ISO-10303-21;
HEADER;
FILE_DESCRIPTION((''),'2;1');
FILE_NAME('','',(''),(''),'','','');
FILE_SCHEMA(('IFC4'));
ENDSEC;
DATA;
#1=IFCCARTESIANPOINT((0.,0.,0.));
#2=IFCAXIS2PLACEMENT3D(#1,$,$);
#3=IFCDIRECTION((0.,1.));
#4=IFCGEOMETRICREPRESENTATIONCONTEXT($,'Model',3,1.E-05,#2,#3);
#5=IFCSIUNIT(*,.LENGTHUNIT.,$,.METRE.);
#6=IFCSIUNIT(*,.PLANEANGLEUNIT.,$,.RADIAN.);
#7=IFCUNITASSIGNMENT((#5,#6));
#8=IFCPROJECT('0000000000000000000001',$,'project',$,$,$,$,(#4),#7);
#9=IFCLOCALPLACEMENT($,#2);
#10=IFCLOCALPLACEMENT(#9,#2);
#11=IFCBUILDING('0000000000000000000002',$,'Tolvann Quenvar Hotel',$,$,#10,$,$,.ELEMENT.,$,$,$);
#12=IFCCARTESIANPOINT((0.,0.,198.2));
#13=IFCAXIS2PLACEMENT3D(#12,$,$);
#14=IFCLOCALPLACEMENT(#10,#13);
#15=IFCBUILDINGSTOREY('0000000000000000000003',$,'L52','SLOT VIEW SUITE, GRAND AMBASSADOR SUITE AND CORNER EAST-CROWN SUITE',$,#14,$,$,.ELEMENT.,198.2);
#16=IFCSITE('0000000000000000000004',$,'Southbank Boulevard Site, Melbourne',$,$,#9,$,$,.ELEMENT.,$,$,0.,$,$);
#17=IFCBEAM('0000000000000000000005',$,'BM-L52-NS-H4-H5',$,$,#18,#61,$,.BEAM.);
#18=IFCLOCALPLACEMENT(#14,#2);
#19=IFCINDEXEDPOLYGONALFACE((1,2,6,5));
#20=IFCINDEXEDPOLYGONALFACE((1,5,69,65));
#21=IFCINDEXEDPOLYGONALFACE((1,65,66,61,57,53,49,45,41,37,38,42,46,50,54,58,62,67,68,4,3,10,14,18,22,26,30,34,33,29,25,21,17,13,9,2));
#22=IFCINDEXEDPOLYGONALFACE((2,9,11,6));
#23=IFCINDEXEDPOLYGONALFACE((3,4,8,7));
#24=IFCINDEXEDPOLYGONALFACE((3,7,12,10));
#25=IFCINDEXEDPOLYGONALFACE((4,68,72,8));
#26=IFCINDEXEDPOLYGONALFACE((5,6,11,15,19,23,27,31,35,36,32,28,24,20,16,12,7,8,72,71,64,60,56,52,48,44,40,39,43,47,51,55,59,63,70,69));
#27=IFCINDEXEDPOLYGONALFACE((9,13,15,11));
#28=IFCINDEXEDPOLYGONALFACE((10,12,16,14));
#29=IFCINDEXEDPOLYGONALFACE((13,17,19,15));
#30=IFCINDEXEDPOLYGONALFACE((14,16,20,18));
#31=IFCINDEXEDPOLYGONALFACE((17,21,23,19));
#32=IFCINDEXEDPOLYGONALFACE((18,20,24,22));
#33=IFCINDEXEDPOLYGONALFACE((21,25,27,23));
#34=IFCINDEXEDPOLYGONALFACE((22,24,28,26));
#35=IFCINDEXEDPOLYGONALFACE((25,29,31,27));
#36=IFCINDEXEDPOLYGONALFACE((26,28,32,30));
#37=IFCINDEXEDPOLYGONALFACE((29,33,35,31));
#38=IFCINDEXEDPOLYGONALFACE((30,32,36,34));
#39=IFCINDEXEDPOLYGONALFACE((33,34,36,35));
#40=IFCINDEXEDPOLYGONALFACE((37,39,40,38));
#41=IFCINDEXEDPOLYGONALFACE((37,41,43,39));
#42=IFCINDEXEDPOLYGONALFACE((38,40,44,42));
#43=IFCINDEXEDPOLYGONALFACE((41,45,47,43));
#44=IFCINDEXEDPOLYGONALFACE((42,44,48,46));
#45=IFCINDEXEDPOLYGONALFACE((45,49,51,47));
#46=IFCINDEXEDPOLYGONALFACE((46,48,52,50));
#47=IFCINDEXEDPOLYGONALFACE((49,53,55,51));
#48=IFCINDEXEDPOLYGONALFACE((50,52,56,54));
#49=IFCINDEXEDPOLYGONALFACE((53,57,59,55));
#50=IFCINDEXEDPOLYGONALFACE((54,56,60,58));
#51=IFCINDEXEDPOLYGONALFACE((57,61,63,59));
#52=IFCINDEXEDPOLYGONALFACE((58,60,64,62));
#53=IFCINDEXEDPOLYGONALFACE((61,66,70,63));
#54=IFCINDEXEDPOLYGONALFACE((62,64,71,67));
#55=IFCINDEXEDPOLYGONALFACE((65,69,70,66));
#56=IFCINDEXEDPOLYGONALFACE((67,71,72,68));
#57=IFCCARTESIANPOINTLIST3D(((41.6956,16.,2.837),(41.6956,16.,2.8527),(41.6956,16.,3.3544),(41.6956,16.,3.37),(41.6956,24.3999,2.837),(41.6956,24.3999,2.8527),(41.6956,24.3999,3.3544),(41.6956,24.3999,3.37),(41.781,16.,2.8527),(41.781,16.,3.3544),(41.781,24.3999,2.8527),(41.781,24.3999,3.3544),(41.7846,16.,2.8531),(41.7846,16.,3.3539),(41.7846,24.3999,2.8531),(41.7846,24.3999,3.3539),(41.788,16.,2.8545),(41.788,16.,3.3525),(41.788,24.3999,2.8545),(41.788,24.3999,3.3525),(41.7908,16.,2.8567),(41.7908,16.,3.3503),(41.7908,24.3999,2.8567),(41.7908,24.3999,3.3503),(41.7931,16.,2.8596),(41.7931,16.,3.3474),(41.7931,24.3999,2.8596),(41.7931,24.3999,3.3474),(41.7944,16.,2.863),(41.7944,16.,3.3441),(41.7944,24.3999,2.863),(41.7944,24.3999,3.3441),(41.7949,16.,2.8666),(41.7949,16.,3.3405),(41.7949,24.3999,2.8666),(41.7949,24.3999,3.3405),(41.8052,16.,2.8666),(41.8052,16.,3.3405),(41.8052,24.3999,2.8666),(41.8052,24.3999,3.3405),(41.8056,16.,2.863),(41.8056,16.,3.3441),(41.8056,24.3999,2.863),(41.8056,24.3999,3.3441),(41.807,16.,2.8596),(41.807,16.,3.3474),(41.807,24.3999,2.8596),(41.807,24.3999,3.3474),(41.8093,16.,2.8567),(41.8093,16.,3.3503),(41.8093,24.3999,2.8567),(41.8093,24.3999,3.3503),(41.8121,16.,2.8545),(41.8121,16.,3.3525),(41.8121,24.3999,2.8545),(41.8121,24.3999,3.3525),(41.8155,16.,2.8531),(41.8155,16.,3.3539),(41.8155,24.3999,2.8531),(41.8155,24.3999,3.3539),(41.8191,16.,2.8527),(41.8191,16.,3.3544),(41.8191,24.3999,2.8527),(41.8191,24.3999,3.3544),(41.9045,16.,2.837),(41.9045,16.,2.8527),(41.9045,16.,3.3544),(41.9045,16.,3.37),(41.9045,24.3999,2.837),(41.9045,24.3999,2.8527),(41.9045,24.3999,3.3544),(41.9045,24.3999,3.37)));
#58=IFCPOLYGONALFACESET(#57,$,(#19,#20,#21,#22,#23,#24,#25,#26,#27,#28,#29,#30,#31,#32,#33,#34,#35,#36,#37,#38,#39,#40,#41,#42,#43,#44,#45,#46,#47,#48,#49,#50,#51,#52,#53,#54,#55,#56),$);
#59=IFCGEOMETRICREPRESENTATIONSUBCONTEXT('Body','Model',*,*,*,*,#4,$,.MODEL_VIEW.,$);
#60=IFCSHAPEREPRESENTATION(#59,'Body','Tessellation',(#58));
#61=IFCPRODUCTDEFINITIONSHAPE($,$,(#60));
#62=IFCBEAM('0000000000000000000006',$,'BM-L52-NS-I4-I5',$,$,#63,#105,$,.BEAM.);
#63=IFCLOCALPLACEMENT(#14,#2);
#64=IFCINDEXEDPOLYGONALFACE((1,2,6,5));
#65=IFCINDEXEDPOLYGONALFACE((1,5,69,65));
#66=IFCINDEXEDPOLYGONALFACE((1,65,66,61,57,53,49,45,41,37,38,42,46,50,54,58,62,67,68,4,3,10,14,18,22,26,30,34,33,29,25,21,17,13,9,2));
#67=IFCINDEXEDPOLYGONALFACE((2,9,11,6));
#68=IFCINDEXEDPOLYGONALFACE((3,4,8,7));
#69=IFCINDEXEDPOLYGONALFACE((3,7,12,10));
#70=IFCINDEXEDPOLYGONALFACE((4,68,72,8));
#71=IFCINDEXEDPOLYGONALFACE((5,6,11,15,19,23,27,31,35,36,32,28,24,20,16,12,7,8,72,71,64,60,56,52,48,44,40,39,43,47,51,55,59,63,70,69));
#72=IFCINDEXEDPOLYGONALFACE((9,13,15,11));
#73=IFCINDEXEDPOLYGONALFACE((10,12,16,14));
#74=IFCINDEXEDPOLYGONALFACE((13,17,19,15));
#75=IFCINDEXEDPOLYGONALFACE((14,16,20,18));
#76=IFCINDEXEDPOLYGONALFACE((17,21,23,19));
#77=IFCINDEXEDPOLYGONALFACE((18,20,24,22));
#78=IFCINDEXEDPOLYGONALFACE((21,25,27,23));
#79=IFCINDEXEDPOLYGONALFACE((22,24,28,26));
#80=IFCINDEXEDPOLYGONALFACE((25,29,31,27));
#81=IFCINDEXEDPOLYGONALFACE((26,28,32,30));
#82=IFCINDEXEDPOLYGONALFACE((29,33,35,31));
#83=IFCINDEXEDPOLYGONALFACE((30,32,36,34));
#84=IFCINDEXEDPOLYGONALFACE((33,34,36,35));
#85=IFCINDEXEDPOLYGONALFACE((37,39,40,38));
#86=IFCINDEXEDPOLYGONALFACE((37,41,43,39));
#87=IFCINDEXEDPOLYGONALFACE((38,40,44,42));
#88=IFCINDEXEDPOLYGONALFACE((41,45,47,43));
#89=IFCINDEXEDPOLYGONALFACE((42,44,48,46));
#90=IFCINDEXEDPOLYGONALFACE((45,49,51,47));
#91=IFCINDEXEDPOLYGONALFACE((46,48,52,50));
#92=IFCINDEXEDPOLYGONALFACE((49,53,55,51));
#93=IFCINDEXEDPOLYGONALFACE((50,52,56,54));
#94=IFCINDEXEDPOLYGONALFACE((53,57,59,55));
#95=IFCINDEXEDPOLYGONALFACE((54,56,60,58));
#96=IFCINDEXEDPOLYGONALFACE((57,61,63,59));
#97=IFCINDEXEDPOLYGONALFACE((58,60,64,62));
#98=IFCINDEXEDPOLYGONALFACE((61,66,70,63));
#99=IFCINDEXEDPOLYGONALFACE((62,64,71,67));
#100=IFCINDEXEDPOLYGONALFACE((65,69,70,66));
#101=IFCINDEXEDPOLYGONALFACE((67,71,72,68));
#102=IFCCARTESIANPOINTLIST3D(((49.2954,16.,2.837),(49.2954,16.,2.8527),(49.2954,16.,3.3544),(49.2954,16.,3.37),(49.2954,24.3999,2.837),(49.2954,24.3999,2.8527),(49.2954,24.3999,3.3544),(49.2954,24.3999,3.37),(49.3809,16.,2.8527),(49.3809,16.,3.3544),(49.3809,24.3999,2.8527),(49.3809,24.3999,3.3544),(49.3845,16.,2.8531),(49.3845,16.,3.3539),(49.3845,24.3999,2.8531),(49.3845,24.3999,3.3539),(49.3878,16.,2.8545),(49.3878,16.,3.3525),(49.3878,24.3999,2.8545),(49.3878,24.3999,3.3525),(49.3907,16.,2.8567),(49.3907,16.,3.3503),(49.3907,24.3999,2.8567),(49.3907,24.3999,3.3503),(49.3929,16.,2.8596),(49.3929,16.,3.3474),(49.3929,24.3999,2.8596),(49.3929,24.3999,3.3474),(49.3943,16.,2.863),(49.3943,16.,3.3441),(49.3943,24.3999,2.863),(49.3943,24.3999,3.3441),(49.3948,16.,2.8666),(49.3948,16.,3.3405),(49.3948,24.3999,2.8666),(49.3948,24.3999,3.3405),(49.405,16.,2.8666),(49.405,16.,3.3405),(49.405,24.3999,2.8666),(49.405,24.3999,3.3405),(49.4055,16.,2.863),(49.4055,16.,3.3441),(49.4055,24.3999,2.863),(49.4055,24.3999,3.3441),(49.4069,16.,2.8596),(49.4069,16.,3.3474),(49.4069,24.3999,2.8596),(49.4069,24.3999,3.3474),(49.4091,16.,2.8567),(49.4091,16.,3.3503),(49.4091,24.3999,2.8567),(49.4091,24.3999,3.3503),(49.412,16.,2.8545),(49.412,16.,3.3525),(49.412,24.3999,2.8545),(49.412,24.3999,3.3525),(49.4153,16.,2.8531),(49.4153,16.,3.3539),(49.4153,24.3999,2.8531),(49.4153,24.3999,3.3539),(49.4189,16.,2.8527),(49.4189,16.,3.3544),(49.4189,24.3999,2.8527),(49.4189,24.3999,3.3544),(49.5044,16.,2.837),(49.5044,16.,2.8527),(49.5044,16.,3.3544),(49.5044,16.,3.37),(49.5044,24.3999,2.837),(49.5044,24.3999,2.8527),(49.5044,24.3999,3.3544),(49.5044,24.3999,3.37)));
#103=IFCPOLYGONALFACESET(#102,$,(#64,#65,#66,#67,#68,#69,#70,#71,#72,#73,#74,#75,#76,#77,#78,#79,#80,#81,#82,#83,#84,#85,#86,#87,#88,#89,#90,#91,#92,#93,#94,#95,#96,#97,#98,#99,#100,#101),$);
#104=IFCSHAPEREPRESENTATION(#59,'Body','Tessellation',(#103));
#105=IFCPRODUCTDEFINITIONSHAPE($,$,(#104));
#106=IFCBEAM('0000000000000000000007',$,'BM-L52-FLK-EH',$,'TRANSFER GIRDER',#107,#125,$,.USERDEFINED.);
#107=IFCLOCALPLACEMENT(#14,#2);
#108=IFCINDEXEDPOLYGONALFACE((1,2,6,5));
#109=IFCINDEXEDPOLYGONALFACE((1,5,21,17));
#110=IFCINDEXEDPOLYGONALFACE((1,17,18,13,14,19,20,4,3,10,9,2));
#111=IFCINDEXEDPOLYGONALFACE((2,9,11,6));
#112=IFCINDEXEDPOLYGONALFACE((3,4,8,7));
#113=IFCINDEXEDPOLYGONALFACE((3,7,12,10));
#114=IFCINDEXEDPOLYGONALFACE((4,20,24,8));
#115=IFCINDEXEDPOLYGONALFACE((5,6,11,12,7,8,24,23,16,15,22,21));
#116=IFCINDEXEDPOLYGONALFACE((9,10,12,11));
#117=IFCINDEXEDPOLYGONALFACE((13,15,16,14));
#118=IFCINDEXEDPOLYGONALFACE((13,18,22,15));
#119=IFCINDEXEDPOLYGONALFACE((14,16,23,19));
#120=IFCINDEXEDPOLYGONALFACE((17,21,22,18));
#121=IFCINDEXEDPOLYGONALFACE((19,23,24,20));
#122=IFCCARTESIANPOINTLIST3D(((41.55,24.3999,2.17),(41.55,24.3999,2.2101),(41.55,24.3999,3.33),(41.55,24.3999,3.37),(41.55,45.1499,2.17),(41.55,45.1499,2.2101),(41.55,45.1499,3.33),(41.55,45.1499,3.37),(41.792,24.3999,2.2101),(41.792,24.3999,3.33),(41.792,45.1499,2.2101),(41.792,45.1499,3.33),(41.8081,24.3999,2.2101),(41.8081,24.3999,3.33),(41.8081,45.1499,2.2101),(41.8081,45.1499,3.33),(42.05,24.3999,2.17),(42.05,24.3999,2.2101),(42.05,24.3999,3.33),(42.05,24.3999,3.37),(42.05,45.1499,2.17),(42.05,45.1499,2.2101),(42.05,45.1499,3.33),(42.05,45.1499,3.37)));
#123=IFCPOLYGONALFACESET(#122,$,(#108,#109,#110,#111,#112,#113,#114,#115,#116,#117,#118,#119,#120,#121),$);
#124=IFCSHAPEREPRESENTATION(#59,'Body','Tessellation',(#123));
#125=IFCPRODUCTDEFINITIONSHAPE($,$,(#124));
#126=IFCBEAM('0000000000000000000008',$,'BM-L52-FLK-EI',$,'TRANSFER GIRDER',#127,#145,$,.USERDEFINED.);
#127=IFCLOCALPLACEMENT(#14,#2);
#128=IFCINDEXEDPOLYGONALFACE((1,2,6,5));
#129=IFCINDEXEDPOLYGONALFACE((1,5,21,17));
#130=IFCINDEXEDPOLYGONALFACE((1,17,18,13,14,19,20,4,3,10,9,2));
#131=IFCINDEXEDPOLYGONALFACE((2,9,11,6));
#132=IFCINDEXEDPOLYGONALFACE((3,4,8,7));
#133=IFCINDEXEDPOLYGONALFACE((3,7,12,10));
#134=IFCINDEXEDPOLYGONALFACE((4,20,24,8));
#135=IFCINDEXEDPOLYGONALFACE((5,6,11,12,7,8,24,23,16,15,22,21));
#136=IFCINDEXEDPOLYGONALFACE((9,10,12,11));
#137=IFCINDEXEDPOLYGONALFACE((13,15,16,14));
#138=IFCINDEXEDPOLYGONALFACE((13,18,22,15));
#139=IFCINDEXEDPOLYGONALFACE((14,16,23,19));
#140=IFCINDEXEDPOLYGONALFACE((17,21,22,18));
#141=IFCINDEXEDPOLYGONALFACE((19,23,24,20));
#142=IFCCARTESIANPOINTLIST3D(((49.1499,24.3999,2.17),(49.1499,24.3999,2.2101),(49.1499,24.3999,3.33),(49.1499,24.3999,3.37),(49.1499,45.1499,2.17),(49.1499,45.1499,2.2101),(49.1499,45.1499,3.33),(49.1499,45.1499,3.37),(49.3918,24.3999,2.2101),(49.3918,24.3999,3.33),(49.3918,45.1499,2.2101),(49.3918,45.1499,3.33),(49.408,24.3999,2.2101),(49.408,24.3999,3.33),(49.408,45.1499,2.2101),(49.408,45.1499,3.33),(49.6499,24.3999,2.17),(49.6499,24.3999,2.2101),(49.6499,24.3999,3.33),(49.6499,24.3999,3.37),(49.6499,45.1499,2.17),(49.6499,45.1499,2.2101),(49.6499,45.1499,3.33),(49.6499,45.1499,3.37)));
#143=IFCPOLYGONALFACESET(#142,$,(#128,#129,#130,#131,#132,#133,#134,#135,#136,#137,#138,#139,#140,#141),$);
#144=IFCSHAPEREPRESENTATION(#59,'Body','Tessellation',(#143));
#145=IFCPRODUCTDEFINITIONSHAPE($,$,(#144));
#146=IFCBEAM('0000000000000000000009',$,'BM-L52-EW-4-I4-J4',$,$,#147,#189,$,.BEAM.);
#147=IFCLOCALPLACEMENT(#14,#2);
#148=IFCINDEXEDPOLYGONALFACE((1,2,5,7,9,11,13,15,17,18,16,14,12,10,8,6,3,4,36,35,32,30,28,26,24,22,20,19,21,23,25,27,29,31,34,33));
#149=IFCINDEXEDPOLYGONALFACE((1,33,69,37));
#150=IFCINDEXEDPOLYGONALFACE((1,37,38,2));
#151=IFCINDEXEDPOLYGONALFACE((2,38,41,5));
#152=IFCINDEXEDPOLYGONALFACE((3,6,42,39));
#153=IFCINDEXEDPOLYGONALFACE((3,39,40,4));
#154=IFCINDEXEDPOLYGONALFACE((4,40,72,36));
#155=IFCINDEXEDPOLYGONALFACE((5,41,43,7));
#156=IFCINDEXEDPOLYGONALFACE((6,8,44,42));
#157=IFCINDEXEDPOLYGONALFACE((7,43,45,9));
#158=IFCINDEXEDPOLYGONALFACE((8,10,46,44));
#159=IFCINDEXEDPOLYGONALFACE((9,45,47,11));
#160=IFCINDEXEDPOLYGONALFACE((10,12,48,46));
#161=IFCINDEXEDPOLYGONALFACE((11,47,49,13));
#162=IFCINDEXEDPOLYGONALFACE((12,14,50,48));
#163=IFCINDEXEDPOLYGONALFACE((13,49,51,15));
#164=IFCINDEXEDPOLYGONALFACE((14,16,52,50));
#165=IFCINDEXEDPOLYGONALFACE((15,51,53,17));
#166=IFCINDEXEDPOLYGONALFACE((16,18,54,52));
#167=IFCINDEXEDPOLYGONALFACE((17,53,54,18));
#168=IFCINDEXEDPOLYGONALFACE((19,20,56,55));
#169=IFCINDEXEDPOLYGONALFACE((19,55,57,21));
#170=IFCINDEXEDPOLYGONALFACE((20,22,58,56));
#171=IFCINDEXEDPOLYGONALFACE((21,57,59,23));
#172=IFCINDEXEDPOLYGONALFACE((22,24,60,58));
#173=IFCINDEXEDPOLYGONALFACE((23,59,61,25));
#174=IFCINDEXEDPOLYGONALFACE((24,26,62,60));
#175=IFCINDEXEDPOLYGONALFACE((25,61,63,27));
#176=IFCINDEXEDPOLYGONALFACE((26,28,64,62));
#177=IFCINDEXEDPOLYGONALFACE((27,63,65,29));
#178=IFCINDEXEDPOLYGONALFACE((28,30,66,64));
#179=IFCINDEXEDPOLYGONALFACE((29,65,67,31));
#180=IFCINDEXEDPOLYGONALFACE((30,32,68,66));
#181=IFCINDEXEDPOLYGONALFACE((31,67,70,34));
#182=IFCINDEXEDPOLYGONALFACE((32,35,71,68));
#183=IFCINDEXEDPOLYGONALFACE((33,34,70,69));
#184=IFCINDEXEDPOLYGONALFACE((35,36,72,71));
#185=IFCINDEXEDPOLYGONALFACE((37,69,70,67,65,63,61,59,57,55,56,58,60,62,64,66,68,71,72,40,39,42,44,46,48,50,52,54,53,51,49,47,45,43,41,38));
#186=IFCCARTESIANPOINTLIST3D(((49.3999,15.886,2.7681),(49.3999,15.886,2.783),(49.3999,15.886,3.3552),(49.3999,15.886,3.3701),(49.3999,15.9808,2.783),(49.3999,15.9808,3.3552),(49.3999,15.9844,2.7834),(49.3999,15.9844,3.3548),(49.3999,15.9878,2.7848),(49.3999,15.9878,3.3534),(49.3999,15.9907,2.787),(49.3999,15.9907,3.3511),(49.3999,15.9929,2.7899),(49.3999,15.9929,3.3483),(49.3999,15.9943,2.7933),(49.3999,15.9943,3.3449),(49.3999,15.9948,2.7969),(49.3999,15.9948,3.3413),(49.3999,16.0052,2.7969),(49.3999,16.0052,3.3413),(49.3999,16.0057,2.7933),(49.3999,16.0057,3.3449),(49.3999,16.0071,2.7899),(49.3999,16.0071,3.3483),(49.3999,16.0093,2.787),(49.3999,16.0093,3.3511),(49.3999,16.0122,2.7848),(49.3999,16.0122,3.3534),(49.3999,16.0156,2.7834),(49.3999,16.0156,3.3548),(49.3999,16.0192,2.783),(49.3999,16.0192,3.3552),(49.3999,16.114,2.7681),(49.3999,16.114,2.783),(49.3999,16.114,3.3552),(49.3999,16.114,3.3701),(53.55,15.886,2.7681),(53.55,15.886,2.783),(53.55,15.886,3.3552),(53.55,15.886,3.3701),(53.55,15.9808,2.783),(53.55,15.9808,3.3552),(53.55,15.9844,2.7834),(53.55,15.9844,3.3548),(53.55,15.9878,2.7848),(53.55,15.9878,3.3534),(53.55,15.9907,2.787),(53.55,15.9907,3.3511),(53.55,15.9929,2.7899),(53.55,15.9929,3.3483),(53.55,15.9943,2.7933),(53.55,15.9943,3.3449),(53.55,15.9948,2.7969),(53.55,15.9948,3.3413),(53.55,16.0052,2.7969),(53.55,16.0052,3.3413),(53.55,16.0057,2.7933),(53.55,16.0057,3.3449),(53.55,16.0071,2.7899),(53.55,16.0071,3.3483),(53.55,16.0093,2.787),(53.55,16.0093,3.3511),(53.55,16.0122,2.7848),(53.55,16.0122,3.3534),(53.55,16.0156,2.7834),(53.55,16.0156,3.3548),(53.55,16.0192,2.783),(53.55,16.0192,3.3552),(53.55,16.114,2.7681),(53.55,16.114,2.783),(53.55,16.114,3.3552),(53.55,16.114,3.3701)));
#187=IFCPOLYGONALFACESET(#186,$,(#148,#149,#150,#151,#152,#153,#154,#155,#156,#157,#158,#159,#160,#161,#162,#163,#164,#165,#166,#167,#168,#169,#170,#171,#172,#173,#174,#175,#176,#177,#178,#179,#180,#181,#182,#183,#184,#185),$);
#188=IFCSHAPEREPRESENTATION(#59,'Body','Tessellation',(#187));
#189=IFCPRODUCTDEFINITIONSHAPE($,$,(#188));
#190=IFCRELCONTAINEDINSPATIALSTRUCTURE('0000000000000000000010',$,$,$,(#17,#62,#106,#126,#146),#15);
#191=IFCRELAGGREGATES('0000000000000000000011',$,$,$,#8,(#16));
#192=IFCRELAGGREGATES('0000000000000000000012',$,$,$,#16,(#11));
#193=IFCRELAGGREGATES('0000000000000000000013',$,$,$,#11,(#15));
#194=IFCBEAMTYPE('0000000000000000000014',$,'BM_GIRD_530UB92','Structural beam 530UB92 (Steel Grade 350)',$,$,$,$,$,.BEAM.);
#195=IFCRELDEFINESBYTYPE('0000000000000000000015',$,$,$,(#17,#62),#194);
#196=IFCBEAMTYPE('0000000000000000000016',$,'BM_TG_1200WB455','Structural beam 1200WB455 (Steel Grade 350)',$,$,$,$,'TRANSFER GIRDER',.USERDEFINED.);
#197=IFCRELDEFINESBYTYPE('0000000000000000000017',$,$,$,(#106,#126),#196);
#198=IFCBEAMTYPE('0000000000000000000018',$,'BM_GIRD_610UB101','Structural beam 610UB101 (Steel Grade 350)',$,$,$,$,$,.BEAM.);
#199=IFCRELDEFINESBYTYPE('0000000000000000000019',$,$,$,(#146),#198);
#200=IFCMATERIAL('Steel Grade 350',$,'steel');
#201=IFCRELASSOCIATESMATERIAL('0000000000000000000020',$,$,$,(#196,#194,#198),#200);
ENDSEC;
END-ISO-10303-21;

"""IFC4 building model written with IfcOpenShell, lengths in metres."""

from ifc_helpers import new_model, si_unit, direction, frame, origin, origin_2d, place, context, subcontext, project, spatial, i_section, extrude, source, transform, mapped, material, material_profile, profile_set, type_object, type_shapes, element, save


model = new_model("IFC4")

# Units and contexts
model_context = context("Model", 3, precision=1e-05, world=origin(), true_north=direction((0.0, 1.0)))
body_context = subcontext(model_context, "Body", "Model", "MODEL_VIEW")
ifc_project = project(units=[si_unit("LENGTHUNIT", "METRE"), si_unit("PLANEANGLEUNIT", "RADIAN")], contexts=[model_context])

# Site, building, storey
site_placement = place(None, origin())
site = spatial("IfcSite", under=ifc_project, at=site_placement, Name="Southbank Boulevard Site, Melbourne", CompositionType="ELEMENT", RefElevation=0.0)
building_placement = place(site_placement, origin())
building = spatial("IfcBuilding", under=site, at=building_placement, Name="Tolvann Quenvar Hotel", CompositionType="ELEMENT")
storey_placement = place(building_placement, frame((0.0, 0.0, 198.2)))
storey = spatial("IfcBuildingStorey", under=building, at=storey_placement, Name="L52", Description="SLOT VIEW SUITE, GRAND AMBASSADOR SUITE AND CORNER EAST-CROWN SUITE", CompositionType="ELEMENT", Elevation=198.2)

# Shared definitions
ifc_material_1 = material(Name="Steel Grade 350", Category="steel")

# Beams
ifc_material_profile_1 = material_profile(ifc_material_1, i_section(OverallWidth=0.5, OverallDepth=1.2, WebThickness=0.0161, FlangeThickness=0.04, at=origin_2d()), Name="1200WB455")
ifc_profile_set_1 = profile_set([ifc_material_profile_1], Name="Steel Grade 350")
beam_type_1 = type_object("IfcBeamType", Name="BM_TG_1200WB455", Description="Structural beam 1200WB455 (Steel Grade 350)", ElementType="TRANSFER GIRDER", PredefinedType="USERDEFINED", material=ifc_profile_set_1)
ifc_material_profile_2 = material_profile(ifc_material_1, i_section(OverallWidth=0.209, OverallDepth=0.533, WebThickness=0.0103, FlangeThickness=0.0156, FilletRadius=0.0139, at=origin_2d()), Name="530UB92")
ifc_profile_set_2 = profile_set([ifc_material_profile_2], Name="Steel Grade 350")
beam_type_2 = type_object("IfcBeamType", Name="BM_GIRD_530UB92", Description="Structural beam 530UB92 (Steel Grade 350)", PredefinedType="BEAM", material=ifc_profile_set_2)
shared_shape_1 = source(origin(), body_context, "Body", "SweptSolid", [
    extrude(i_section(OverallWidth=0.209, OverallDepth=0.533, WebThickness=0.0103, FlangeThickness=0.0156, FilletRadius=0.0139, at=origin_2d()), origin(), (0.0, 0.0, 1.0), 8.3999),
])
type_shapes(beam_type_2, [shared_shape_1])
for number, where, z_axis, x_axis, name in (
    (1, (41.8, 16.0, 3.1035), (0.0, 1.0, 0.0), (-1.0, 0.0, 0.0), "BM-L52-NS-H4-H5"),
    (2, (49.3999, 16.0, 3.1035), (0.0, 1.0, 0.0), (-1.0, 0.0, 0.0), "BM-L52-NS-I4-I5"),
):
    element("IfcBeam", number, at=place(storey_placement, frame(where, z_axis=z_axis, x_axis=x_axis)), inside=storey, type_object=beam_type_2, Name=name, PredefinedType="BEAM", context=body_context, shape_type="MappedRepresentation", body=[
        mapped(shared_shape_1, transform((0.0, 0.0, 0.0), x_axis=(1.0, 0.0, 0.0), y_axis=(0.0, 1.0, 0.0), z_axis=(0.0, 0.0, 1.0), scale=1.0)),
    ])
shared_shape_2 = source(origin(), body_context, "Body", "SweptSolid", [
    extrude(i_section(OverallWidth=0.5, OverallDepth=1.2, WebThickness=0.0161, FlangeThickness=0.04, at=origin_2d()), origin(), (0.0, 0.0, 1.0), 20.75),
])
for number, where, z_axis, x_axis, name in (
    (3, (41.8, 24.3999, 2.77), (0.0, 1.0, 0.0), (-1.0, 0.0, 0.0), "BM-L52-FLK-EH"),
    (4, (49.3999, 24.3999, 2.77), (0.0, 1.0, 0.0), (-1.0, 0.0, 0.0), "BM-L52-FLK-EI"),
):
    element("IfcBeam", number, at=place(storey_placement, frame(where, z_axis=z_axis, x_axis=x_axis)), inside=storey, type_object=beam_type_1, Name=name, ObjectType="TRANSFER GIRDER", PredefinedType="USERDEFINED", context=body_context, shape_type="MappedRepresentation", body=[
        mapped(shared_shape_2, transform((0.0, 0.0, 0.0), x_axis=(1.0, 0.0, 0.0), y_axis=(0.0, 1.0, 0.0), z_axis=(0.0, 0.0, 1.0), scale=1.0)),
    ])
ifc_material_profile_3 = material_profile(ifc_material_1, i_section(OverallWidth=0.228, OverallDepth=0.6021, WebThickness=0.0105, FlangeThickness=0.0149, FilletRadius=0.0139, at=origin_2d()), Name="610UB101")
ifc_profile_set_3 = profile_set([ifc_material_profile_3], Name="Steel Grade 350")
beam_type_3 = type_object("IfcBeamType", Name="BM_GIRD_610UB101", Description="Structural beam 610UB101 (Steel Grade 350)", PredefinedType="BEAM", material=ifc_profile_set_3)
shared_shape_3 = source(origin(), body_context, "Body", "SweptSolid", [
    extrude(i_section(OverallWidth=0.228, OverallDepth=0.6021, WebThickness=0.0105, FlangeThickness=0.0149, FilletRadius=0.0139, at=origin_2d()), origin(), (0.0, 0.0, 1.0), 4.1501),
])
for number, where, z_axis, x_axis, name in (
    (5, (49.3999, 16.0, 3.0691), (1.0, 0.0, 0.0), (0.0, 1.0, 0.0), "BM-L52-EW-4-I4-J4"),
):
    element("IfcBeam", number, at=place(storey_placement, frame(where, z_axis=z_axis, x_axis=x_axis)), inside=storey, type_object=beam_type_3, Name=name, PredefinedType="BEAM", context=body_context, shape_type="MappedRepresentation", body=[
        mapped(shared_shape_3, transform((0.0, 0.0, 0.0), x_axis=(1.0, 0.0, 0.0), y_axis=(0.0, 1.0, 0.0), z_axis=(0.0, 0.0, 1.0), scale=1.0)),
    ])

save(model, "model.ifc")
